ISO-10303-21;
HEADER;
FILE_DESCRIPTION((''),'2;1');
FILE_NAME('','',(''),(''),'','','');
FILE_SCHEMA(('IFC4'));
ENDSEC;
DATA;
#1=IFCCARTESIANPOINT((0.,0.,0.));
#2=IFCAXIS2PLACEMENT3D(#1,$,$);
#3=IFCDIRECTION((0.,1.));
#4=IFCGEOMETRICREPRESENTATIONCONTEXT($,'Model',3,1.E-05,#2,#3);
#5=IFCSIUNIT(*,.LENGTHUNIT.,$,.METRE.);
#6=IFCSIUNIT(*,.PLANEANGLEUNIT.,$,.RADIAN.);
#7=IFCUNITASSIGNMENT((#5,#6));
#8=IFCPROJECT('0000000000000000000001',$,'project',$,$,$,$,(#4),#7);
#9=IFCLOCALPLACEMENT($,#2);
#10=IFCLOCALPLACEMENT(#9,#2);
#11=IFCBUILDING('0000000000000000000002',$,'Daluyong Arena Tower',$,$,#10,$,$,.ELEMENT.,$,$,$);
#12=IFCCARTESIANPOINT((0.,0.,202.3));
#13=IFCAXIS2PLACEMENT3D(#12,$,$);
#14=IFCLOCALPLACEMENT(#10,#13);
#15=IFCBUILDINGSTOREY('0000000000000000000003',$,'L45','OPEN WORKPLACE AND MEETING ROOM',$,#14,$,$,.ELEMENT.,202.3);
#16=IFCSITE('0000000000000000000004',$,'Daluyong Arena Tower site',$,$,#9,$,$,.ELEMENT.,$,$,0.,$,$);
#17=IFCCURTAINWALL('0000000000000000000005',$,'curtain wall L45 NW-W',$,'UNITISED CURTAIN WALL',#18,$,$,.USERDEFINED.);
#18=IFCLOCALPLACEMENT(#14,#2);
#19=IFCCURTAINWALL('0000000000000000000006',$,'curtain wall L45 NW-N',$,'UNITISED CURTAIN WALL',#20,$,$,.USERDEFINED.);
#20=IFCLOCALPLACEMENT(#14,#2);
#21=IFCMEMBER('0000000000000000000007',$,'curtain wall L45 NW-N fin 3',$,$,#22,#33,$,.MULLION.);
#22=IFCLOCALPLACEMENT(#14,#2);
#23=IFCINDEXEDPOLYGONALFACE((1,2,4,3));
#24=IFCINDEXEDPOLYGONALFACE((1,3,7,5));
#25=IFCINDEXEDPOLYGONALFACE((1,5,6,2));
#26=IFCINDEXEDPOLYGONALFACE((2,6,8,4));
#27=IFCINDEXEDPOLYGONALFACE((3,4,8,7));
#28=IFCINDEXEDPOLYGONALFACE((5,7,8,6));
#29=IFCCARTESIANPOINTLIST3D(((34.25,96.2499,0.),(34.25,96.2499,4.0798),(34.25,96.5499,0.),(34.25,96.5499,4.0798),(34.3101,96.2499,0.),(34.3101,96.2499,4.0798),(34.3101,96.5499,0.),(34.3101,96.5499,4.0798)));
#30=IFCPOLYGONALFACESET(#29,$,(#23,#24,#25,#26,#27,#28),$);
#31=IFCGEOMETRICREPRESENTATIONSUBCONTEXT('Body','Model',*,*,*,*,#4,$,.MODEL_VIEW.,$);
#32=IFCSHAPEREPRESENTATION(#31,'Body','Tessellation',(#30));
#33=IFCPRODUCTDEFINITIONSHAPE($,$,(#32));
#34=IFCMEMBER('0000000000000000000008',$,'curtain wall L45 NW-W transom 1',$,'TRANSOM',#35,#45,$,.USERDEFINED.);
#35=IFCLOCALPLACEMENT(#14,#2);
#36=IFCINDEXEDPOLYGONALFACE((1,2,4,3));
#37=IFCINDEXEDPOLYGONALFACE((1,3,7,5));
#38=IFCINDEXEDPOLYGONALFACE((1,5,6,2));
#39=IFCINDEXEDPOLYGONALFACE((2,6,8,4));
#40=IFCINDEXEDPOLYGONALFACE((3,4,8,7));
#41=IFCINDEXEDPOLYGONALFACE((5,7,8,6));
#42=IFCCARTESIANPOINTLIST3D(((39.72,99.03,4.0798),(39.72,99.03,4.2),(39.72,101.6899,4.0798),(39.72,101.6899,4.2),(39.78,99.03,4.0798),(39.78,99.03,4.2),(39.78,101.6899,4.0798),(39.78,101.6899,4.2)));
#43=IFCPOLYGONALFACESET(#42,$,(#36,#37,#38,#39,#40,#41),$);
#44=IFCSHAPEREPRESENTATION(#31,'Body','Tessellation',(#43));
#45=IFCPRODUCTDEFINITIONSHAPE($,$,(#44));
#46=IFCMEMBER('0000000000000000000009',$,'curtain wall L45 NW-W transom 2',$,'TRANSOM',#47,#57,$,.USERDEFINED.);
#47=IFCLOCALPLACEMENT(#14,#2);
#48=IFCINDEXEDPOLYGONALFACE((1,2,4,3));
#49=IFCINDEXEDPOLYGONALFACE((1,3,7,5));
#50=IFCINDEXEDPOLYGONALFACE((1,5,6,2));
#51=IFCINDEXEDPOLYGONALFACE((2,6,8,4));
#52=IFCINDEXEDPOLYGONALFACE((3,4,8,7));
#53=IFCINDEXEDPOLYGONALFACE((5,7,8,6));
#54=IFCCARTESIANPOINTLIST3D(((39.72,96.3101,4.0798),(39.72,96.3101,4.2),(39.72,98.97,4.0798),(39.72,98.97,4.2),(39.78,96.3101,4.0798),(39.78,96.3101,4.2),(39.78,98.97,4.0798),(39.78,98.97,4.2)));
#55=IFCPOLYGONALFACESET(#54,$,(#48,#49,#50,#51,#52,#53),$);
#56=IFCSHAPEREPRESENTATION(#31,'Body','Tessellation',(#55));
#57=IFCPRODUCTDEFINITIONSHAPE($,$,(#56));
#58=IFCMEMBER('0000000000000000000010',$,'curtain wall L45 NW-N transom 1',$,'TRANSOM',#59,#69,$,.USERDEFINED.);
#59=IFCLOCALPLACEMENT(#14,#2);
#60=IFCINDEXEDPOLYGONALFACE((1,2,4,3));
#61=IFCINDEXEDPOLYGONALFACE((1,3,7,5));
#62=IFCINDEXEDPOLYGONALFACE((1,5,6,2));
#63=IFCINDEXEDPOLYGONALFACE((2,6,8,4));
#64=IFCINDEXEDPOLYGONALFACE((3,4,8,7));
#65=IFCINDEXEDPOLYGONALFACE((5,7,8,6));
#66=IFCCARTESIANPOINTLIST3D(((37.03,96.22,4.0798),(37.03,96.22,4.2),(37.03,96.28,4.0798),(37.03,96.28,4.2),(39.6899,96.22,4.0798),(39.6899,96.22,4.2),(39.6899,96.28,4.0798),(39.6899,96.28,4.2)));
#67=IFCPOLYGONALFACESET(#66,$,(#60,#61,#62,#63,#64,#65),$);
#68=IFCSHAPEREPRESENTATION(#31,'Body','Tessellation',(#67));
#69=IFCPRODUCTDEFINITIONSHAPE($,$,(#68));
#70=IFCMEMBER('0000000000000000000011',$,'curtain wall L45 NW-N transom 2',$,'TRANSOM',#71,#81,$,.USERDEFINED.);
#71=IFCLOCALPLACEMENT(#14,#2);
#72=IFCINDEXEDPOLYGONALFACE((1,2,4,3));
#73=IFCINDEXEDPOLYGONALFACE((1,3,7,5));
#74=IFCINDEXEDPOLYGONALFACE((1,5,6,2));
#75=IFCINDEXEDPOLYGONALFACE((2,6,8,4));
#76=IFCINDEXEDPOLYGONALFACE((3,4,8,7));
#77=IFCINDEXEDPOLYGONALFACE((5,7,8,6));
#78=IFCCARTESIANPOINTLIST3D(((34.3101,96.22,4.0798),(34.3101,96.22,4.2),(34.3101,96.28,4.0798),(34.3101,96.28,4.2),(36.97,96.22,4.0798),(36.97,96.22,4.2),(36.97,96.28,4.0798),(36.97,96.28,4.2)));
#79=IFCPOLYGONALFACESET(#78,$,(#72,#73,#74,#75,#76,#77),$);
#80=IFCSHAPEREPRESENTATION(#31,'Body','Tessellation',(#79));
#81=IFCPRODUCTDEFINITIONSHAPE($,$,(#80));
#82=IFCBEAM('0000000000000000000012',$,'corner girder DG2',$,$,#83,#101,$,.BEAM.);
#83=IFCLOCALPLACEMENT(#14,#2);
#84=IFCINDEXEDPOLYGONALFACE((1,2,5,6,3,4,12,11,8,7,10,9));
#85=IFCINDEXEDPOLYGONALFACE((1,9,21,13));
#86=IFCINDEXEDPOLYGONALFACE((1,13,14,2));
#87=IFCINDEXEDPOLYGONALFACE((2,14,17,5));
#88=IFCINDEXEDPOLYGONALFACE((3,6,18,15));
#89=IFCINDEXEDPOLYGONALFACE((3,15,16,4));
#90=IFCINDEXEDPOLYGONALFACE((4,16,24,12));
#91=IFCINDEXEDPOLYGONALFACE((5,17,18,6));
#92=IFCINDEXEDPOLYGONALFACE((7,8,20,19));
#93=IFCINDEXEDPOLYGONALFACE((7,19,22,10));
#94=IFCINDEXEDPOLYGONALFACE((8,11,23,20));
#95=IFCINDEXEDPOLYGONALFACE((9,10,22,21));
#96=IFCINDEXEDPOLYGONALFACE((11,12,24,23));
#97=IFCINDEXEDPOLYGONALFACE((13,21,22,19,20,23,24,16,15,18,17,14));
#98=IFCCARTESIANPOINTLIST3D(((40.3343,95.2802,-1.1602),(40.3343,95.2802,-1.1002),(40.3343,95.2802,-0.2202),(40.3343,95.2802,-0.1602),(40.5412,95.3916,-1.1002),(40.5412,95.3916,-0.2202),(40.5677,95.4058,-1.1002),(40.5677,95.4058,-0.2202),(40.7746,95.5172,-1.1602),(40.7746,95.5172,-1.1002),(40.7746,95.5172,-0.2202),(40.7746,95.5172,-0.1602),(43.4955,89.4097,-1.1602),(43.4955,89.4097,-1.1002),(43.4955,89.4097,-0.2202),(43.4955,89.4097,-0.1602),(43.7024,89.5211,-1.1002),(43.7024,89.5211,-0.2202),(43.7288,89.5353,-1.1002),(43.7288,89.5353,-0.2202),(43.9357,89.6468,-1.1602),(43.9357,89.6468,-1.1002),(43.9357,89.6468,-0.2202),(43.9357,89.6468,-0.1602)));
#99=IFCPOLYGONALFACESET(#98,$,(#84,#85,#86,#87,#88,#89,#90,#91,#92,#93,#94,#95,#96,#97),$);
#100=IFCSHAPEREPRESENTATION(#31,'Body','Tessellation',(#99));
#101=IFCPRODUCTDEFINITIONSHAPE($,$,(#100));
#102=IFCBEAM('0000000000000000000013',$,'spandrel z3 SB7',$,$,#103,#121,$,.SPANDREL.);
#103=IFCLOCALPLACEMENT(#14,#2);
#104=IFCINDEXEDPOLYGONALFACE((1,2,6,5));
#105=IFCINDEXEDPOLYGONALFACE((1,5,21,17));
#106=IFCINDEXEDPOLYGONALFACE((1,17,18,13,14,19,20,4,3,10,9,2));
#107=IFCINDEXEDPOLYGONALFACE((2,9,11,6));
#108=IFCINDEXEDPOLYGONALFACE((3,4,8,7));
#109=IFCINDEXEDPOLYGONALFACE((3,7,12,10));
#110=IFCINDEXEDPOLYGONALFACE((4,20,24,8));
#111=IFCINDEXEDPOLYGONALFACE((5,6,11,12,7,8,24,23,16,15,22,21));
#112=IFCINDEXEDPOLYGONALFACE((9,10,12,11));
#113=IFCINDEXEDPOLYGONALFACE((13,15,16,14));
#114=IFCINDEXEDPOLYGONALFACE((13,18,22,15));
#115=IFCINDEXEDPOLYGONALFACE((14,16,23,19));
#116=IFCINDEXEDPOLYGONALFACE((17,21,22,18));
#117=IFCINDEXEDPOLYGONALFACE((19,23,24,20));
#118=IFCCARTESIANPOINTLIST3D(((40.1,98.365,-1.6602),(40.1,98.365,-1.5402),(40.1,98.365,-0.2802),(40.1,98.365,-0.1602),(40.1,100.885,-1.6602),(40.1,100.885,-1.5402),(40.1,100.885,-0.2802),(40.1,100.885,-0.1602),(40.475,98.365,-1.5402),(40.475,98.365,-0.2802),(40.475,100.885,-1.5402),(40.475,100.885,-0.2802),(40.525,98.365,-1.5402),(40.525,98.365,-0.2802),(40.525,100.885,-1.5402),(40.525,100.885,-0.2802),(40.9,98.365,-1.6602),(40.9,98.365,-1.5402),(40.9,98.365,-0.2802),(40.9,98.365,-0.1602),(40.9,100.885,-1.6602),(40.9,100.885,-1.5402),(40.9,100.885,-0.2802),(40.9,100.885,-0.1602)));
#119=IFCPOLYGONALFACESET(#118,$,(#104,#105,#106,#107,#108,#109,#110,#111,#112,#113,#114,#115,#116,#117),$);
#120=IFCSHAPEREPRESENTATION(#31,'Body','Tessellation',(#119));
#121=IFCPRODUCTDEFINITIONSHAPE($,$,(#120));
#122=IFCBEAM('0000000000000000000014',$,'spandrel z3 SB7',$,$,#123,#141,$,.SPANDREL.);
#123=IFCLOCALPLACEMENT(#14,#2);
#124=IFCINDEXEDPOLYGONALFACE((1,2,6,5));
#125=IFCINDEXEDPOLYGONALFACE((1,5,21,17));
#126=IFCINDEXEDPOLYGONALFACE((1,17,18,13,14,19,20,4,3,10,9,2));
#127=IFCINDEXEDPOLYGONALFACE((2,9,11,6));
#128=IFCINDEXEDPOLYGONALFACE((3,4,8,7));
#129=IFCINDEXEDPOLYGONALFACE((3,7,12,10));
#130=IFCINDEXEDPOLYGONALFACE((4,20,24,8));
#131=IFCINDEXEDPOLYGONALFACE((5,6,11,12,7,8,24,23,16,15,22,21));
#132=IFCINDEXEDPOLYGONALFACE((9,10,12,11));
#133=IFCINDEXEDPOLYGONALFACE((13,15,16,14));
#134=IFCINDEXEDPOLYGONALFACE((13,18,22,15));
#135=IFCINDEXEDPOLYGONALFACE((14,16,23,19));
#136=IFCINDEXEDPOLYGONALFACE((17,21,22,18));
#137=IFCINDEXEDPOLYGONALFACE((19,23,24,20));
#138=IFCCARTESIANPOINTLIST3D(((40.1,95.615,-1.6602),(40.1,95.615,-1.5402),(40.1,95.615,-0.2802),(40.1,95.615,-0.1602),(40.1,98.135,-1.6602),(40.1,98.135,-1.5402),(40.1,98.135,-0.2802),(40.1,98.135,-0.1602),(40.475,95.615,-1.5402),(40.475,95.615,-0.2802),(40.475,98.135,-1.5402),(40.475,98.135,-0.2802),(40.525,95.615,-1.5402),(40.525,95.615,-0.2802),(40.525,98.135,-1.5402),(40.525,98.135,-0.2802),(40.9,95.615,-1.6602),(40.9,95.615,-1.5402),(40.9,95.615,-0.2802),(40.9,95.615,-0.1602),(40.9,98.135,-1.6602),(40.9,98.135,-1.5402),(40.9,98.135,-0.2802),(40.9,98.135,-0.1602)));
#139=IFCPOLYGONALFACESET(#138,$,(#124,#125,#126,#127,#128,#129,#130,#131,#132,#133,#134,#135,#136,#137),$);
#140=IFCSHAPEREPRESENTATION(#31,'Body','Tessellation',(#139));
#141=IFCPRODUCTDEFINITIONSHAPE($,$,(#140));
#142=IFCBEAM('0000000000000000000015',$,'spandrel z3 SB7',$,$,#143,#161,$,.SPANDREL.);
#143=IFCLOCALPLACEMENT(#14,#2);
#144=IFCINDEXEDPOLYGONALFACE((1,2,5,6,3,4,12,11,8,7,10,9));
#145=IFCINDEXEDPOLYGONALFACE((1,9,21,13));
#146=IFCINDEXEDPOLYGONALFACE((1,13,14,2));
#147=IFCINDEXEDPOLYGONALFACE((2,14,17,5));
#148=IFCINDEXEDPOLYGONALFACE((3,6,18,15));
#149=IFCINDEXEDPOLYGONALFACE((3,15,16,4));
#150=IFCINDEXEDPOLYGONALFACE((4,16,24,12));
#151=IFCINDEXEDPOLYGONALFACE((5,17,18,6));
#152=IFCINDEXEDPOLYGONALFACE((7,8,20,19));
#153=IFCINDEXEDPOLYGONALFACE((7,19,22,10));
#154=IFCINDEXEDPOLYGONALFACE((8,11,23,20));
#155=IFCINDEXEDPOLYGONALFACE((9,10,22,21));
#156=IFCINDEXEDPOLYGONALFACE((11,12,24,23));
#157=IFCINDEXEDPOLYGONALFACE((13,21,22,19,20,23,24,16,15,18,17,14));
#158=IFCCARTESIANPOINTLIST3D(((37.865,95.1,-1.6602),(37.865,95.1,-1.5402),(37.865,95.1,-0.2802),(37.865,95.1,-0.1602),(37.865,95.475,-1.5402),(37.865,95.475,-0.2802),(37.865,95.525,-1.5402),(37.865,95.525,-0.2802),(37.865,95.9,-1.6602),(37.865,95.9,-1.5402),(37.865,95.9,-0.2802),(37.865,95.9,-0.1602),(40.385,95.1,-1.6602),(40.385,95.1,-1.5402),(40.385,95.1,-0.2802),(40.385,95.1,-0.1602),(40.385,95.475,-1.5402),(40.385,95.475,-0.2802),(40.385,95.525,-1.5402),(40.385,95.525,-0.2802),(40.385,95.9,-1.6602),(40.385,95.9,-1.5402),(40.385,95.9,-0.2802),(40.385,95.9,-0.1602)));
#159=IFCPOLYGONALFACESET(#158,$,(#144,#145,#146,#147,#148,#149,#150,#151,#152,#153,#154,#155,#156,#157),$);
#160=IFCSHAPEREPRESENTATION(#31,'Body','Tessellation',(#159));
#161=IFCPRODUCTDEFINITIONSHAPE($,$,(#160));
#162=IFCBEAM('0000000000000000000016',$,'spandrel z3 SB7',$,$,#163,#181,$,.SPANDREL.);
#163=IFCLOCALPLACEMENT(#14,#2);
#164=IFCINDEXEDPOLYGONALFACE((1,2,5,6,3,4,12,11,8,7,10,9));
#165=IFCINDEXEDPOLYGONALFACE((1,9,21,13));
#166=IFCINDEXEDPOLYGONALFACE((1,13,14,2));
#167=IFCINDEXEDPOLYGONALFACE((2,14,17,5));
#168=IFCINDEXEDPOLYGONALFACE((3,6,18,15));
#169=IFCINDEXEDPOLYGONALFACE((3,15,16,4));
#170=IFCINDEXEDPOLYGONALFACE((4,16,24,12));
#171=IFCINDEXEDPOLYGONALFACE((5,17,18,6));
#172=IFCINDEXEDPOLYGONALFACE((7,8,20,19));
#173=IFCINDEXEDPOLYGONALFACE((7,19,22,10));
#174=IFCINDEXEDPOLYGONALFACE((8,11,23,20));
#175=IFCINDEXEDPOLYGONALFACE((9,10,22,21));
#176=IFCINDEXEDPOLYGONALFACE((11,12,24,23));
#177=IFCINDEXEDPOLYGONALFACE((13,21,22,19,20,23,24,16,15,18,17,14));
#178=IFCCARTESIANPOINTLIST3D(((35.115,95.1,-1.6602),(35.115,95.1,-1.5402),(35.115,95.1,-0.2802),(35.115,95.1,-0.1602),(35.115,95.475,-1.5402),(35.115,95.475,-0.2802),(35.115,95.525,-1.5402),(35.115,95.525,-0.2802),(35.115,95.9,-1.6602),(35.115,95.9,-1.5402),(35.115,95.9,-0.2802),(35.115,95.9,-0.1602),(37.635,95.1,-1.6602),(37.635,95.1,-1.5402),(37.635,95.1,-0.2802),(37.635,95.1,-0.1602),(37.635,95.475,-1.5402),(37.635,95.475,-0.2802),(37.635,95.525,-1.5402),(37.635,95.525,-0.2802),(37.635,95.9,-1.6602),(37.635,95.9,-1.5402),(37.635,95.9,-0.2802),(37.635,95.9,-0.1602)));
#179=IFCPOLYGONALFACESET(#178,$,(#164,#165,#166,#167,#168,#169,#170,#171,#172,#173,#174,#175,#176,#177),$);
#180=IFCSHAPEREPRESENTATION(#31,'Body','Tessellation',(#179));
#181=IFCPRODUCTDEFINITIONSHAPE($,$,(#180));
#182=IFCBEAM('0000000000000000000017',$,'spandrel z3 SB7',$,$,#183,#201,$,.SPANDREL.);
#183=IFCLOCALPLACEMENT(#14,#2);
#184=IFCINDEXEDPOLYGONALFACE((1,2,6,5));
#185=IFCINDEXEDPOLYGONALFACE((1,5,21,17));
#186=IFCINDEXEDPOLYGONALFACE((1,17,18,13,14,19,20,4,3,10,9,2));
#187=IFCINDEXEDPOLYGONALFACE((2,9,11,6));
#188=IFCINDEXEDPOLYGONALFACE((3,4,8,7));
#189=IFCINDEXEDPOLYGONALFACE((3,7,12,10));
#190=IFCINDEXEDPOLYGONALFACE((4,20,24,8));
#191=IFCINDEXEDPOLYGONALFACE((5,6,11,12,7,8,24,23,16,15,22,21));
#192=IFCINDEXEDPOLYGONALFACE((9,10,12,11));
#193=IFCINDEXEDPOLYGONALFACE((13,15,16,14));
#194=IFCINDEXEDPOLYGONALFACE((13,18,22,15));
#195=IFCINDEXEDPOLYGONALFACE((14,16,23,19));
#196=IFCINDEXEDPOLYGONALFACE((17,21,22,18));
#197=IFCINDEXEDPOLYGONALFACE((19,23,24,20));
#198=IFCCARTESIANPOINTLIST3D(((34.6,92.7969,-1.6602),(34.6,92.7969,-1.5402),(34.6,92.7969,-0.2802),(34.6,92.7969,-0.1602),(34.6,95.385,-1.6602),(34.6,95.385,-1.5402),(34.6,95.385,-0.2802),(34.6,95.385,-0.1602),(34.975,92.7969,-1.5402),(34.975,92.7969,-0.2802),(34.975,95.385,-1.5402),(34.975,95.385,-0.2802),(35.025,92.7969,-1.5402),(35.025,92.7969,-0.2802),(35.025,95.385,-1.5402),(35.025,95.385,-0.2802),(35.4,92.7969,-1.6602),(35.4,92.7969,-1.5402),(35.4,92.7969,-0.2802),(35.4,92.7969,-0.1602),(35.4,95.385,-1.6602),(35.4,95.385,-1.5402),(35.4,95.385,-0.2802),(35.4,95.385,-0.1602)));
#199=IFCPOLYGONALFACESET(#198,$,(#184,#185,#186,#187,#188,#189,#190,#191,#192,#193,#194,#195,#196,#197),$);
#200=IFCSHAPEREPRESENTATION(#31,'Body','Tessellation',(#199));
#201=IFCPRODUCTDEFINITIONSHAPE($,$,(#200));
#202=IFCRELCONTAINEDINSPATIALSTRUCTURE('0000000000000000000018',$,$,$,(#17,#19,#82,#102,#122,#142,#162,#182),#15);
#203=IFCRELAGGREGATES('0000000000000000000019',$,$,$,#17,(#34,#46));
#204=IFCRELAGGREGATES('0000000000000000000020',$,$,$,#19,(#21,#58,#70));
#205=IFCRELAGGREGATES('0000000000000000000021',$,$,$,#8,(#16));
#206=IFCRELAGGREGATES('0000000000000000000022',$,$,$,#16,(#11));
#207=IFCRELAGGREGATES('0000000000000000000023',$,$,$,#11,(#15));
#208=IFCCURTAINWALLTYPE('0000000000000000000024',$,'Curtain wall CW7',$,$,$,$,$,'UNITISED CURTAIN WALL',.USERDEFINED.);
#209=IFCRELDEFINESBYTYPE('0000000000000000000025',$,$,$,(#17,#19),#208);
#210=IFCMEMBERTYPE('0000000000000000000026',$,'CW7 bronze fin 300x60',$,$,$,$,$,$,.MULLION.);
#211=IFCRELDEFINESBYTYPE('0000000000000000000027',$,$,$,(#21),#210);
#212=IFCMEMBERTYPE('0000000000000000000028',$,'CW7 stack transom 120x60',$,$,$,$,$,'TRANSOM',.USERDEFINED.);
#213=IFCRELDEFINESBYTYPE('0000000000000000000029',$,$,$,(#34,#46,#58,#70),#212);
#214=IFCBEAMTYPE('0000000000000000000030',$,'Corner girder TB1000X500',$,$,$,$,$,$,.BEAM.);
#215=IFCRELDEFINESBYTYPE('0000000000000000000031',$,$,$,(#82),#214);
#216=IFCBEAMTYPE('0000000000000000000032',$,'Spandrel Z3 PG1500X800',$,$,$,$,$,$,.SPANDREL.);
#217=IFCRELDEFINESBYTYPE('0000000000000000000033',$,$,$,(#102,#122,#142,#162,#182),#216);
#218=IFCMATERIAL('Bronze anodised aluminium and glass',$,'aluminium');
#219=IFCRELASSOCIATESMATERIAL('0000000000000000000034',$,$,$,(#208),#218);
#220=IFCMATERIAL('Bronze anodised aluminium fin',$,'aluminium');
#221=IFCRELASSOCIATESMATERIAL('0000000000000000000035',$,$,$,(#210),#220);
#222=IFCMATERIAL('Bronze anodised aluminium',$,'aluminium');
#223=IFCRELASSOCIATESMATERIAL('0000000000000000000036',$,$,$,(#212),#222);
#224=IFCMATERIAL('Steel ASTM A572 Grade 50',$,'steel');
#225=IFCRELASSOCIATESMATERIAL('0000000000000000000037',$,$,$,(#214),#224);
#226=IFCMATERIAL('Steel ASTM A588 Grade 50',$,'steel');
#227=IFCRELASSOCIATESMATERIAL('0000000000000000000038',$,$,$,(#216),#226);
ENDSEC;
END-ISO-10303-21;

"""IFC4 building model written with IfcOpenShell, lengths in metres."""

from ifc_helpers import new_model, si_unit, direction, frame, origin, origin_2d, place, context, subcontext, project, spatial, rectangle, i_section, extrude, material, material_profile, profile_set, type_object, element, aggregate, save


model = new_model("IFC4")

# Units and contexts
model_context = context("Model", 3, precision=1e-05, world=origin(), true_north=direction((0.0, 1.0)))
body_context = subcontext(model_context, "Body", "Model", "MODEL_VIEW")
ifc_project = project(units=[si_unit("LENGTHUNIT", "METRE"), si_unit("PLANEANGLEUNIT", "RADIAN")], contexts=[model_context])

# Site, building, storey
site_placement = place(None, origin())
site = spatial("IfcSite", under=ifc_project, at=site_placement, Name="Daluyong Arena Tower site", CompositionType="ELEMENT", RefElevation=0.0)
building_placement = place(site_placement, origin())
building = spatial("IfcBuilding", under=site, at=building_placement, Name="Daluyong Arena Tower", CompositionType="ELEMENT")
storey_placement = place(building_placement, frame((0.0, 0.0, 202.3)))
storey = spatial("IfcBuildingStorey", under=building, at=storey_placement, Name="L45", Description="OPEN WORKPLACE AND MEETING ROOM", CompositionType="ELEMENT", Elevation=202.3)

# Curtain walls, member
ifc_material_1 = material(Name="Bronze anodised aluminium and glass", Category="aluminium")
curtain_wall_type_1 = type_object("IfcCurtainWallType", Name="Curtain wall CW7", ElementType="UNITISED CURTAIN WALL", PredefinedType="USERDEFINED", material=ifc_material_1)
curtain_wall_1_placement = place(storey_placement, origin())
curtain_wall_1 = element("IfcCurtainWall", 1, at=curtain_wall_1_placement, inside=storey, type_object=curtain_wall_type_1, Name="curtain wall L45 NW-W", ObjectType="UNITISED CURTAIN WALL", PredefinedType="USERDEFINED")
ifc_material_2 = material(Name="Bronze anodised aluminium fin", Category="aluminium")
ifc_material_profile_1 = material_profile(ifc_material_2, rectangle(XDim=0.3, YDim=0.0601, at=origin_2d()))
ifc_profile_set_1 = profile_set([ifc_material_profile_1], Name="Bronze anodised aluminium fin")
member_type_1 = type_object("IfcMemberType", Name="CW7 bronze fin 300x60", PredefinedType="MULLION", material=ifc_profile_set_1)
curtain_wall_2_placement = place(storey_placement, origin())
curtain_wall_2 = element("IfcCurtainWall", 2, at=curtain_wall_2_placement, inside=storey, type_object=curtain_wall_type_1, Name="curtain wall L45 NW-N", ObjectType="UNITISED CURTAIN WALL", PredefinedType="USERDEFINED")
member_1_placement = place(storey_placement, frame((34.28, 96.3999, 0.0), z_axis=(0.0, 0.0, 1.0), x_axis=(0.0, -1.0, 0.0)))
member_1 = element("IfcMember", 3, at=member_1_placement, type_object=member_type_1, Name="curtain wall L45 NW-N fin 3", PredefinedType="MULLION", context=body_context, shape_type="SweptSolid", body=[
    extrude(rectangle(XDim=0.3, YDim=0.0601, at=origin_2d()), origin(), (0.0, 0.0, 1.0), 4.0798),
])

# Members
ifc_material_3 = material(Name="Bronze anodised aluminium", Category="aluminium")
ifc_material_profile_2 = material_profile(ifc_material_3, rectangle(XDim=0.0601, YDim=0.1201, at=origin_2d()))
ifc_profile_set_2 = profile_set([ifc_material_profile_2], Name="Bronze anodised aluminium")
member_type_2 = type_object("IfcMemberType", Name="CW7 stack transom 120x60", ElementType="TRANSOM", PredefinedType="USERDEFINED", material=ifc_profile_set_2)
member_2_placement = place(storey_placement, frame((39.75, 101.6899, 4.1399), z_axis=(0.0, -1.0, 0.0), x_axis=(1.0, 0.0, 0.0)))
member_2 = element("IfcMember", 4, at=member_2_placement, type_object=member_type_2, Name="curtain wall L45 NW-W transom 1", ObjectType="TRANSOM", PredefinedType="USERDEFINED", context=body_context, shape_type="SweptSolid", body=[
    extrude(rectangle(XDim=0.0601, YDim=0.1201, at=origin_2d()), origin(), (0.0, 0.0, 1.0), 2.6599),
])
member_3_placement = place(storey_placement, frame((39.75, 98.97, 4.1399), z_axis=(0.0, -1.0, 0.0), x_axis=(1.0, 0.0, 0.0)))
member_3 = element("IfcMember", 5, at=member_3_placement, type_object=member_type_2, Name="curtain wall L45 NW-W transom 2", ObjectType="TRANSOM", PredefinedType="USERDEFINED", context=body_context, shape_type="SweptSolid", body=[
    extrude(rectangle(XDim=0.0601, YDim=0.1201, at=origin_2d()), origin(), (0.0, 0.0, 1.0), 2.6599),
])
member_4_placement = place(storey_placement, frame((39.6899, 96.25, 4.1399), z_axis=(-1.0, 0.0, 0.0), x_axis=(0.0, -1.0, 0.0)))
member_4 = element("IfcMember", 6, at=member_4_placement, type_object=member_type_2, Name="curtain wall L45 NW-N transom 1", ObjectType="TRANSOM", PredefinedType="USERDEFINED", context=body_context, shape_type="SweptSolid", body=[
    extrude(rectangle(XDim=0.0601, YDim=0.1201, at=origin_2d()), origin(), (0.0, 0.0, 1.0), 2.6599),
])
member_5_placement = place(storey_placement, frame((36.97, 96.25, 4.1399), z_axis=(-1.0, 0.0, 0.0), x_axis=(0.0, -1.0, 0.0)))
member_5 = element("IfcMember", 7, at=member_5_placement, type_object=member_type_2, Name="curtain wall L45 NW-N transom 2", ObjectType="TRANSOM", PredefinedType="USERDEFINED", context=body_context, shape_type="SweptSolid", body=[
    extrude(rectangle(XDim=0.0601, YDim=0.1201, at=origin_2d()), origin(), (0.0, 0.0, 1.0), 2.6599),
])

# Beams
ifc_material_4 = material(Name="Steel ASTM A572 Grade 50", Category="steel")
ifc_material_profile_3 = material_profile(ifc_material_4, i_section(OverallWidth=0.5, OverallDepth=1.0, WebThickness=0.03, FlangeThickness=0.06, at=origin_2d()))
ifc_profile_set_3 = profile_set([ifc_material_profile_3], Name="Steel ASTM A572 Grade 50")
beam_type_1 = type_object("IfcBeamType", Name="Corner girder TB1000X500", PredefinedType="BEAM", material=ifc_profile_set_3)
beam_1_placement = place(storey_placement, frame((40.5544, 95.3987, -0.6602), z_axis=(0.474119, -0.880461, 0.0), x_axis=(0.880461, 0.474119, 0.0)))
element("IfcBeam", 8, at=beam_1_placement, inside=storey, type_object=beam_type_1, Name="corner girder DG2", PredefinedType="BEAM", context=body_context, shape_type="SweptSolid", body=[
    extrude(i_section(OverallWidth=0.5, OverallDepth=1.0, WebThickness=0.03, FlangeThickness=0.06, at=origin_2d()), origin(), (0.0, 0.0, 1.0), 6.6675),
])
ifc_material_5 = material(Name="Steel ASTM A588 Grade 50", Category="steel")
ifc_material_profile_4 = material_profile(ifc_material_5, i_section(OverallWidth=0.8, OverallDepth=1.5, WebThickness=0.05, FlangeThickness=0.12, at=origin_2d()))
ifc_profile_set_4 = profile_set([ifc_material_profile_4], Name="Steel ASTM A588 Grade 50")
beam_type_2 = type_object("IfcBeamType", Name="Spandrel Z3 PG1500X800", PredefinedType="SPANDREL", material=ifc_profile_set_4)
for number, where, z_axis, x_axis, name in (
    (9, (40.5, 100.885, -0.9102), (0.0, -1.0, 0.0), (1.0, 0.0, 0.0), "spandrel z3 SB7"),
    (10, (40.5, 98.135, -0.9102), (0.0, -1.0, 0.0), (1.0, 0.0, 0.0), "spandrel z3 SB7"),
    (11, (40.385, 95.5, -0.9102), (-1.0, 0.0, 0.0), (0.0, -1.0, 0.0), "spandrel z3 SB7"),
    (12, (37.635, 95.5, -0.9102), (-1.0, 0.0, 0.0), (0.0, -1.0, 0.0), "spandrel z3 SB7"),
):
    element("IfcBeam", number, at=place(storey_placement, frame(where, z_axis=z_axis, x_axis=x_axis)), inside=storey, type_object=beam_type_2, Name=name, PredefinedType="SPANDREL", context=body_context, shape_type="SweptSolid", body=[
        extrude(i_section(OverallWidth=0.8, OverallDepth=1.5, WebThickness=0.05, FlangeThickness=0.12, at=origin_2d()), origin(), (0.0, 0.0, 1.0), 2.52),
    ])
beam_2_placement = place(storey_placement, frame((35.0, 95.385, -0.9102), z_axis=(0.0, -1.0, 0.0), x_axis=(1.0, 0.0, 0.0)))
element("IfcBeam", 13, at=beam_2_placement, inside=storey, type_object=beam_type_2, Name="spandrel z3 SB7", PredefinedType="SPANDREL", context=body_context, shape_type="SweptSolid", body=[
    extrude(i_section(OverallWidth=0.8, OverallDepth=1.5, WebThickness=0.05, FlangeThickness=0.12, at=origin_2d()), origin(), (0.0, 0.0, 1.0), 2.5881),
])

aggregate(curtain_wall_1, [member_2, member_3])
aggregate(curtain_wall_2, [member_1, member_4, member_5])

save(model, "model.ifc")
